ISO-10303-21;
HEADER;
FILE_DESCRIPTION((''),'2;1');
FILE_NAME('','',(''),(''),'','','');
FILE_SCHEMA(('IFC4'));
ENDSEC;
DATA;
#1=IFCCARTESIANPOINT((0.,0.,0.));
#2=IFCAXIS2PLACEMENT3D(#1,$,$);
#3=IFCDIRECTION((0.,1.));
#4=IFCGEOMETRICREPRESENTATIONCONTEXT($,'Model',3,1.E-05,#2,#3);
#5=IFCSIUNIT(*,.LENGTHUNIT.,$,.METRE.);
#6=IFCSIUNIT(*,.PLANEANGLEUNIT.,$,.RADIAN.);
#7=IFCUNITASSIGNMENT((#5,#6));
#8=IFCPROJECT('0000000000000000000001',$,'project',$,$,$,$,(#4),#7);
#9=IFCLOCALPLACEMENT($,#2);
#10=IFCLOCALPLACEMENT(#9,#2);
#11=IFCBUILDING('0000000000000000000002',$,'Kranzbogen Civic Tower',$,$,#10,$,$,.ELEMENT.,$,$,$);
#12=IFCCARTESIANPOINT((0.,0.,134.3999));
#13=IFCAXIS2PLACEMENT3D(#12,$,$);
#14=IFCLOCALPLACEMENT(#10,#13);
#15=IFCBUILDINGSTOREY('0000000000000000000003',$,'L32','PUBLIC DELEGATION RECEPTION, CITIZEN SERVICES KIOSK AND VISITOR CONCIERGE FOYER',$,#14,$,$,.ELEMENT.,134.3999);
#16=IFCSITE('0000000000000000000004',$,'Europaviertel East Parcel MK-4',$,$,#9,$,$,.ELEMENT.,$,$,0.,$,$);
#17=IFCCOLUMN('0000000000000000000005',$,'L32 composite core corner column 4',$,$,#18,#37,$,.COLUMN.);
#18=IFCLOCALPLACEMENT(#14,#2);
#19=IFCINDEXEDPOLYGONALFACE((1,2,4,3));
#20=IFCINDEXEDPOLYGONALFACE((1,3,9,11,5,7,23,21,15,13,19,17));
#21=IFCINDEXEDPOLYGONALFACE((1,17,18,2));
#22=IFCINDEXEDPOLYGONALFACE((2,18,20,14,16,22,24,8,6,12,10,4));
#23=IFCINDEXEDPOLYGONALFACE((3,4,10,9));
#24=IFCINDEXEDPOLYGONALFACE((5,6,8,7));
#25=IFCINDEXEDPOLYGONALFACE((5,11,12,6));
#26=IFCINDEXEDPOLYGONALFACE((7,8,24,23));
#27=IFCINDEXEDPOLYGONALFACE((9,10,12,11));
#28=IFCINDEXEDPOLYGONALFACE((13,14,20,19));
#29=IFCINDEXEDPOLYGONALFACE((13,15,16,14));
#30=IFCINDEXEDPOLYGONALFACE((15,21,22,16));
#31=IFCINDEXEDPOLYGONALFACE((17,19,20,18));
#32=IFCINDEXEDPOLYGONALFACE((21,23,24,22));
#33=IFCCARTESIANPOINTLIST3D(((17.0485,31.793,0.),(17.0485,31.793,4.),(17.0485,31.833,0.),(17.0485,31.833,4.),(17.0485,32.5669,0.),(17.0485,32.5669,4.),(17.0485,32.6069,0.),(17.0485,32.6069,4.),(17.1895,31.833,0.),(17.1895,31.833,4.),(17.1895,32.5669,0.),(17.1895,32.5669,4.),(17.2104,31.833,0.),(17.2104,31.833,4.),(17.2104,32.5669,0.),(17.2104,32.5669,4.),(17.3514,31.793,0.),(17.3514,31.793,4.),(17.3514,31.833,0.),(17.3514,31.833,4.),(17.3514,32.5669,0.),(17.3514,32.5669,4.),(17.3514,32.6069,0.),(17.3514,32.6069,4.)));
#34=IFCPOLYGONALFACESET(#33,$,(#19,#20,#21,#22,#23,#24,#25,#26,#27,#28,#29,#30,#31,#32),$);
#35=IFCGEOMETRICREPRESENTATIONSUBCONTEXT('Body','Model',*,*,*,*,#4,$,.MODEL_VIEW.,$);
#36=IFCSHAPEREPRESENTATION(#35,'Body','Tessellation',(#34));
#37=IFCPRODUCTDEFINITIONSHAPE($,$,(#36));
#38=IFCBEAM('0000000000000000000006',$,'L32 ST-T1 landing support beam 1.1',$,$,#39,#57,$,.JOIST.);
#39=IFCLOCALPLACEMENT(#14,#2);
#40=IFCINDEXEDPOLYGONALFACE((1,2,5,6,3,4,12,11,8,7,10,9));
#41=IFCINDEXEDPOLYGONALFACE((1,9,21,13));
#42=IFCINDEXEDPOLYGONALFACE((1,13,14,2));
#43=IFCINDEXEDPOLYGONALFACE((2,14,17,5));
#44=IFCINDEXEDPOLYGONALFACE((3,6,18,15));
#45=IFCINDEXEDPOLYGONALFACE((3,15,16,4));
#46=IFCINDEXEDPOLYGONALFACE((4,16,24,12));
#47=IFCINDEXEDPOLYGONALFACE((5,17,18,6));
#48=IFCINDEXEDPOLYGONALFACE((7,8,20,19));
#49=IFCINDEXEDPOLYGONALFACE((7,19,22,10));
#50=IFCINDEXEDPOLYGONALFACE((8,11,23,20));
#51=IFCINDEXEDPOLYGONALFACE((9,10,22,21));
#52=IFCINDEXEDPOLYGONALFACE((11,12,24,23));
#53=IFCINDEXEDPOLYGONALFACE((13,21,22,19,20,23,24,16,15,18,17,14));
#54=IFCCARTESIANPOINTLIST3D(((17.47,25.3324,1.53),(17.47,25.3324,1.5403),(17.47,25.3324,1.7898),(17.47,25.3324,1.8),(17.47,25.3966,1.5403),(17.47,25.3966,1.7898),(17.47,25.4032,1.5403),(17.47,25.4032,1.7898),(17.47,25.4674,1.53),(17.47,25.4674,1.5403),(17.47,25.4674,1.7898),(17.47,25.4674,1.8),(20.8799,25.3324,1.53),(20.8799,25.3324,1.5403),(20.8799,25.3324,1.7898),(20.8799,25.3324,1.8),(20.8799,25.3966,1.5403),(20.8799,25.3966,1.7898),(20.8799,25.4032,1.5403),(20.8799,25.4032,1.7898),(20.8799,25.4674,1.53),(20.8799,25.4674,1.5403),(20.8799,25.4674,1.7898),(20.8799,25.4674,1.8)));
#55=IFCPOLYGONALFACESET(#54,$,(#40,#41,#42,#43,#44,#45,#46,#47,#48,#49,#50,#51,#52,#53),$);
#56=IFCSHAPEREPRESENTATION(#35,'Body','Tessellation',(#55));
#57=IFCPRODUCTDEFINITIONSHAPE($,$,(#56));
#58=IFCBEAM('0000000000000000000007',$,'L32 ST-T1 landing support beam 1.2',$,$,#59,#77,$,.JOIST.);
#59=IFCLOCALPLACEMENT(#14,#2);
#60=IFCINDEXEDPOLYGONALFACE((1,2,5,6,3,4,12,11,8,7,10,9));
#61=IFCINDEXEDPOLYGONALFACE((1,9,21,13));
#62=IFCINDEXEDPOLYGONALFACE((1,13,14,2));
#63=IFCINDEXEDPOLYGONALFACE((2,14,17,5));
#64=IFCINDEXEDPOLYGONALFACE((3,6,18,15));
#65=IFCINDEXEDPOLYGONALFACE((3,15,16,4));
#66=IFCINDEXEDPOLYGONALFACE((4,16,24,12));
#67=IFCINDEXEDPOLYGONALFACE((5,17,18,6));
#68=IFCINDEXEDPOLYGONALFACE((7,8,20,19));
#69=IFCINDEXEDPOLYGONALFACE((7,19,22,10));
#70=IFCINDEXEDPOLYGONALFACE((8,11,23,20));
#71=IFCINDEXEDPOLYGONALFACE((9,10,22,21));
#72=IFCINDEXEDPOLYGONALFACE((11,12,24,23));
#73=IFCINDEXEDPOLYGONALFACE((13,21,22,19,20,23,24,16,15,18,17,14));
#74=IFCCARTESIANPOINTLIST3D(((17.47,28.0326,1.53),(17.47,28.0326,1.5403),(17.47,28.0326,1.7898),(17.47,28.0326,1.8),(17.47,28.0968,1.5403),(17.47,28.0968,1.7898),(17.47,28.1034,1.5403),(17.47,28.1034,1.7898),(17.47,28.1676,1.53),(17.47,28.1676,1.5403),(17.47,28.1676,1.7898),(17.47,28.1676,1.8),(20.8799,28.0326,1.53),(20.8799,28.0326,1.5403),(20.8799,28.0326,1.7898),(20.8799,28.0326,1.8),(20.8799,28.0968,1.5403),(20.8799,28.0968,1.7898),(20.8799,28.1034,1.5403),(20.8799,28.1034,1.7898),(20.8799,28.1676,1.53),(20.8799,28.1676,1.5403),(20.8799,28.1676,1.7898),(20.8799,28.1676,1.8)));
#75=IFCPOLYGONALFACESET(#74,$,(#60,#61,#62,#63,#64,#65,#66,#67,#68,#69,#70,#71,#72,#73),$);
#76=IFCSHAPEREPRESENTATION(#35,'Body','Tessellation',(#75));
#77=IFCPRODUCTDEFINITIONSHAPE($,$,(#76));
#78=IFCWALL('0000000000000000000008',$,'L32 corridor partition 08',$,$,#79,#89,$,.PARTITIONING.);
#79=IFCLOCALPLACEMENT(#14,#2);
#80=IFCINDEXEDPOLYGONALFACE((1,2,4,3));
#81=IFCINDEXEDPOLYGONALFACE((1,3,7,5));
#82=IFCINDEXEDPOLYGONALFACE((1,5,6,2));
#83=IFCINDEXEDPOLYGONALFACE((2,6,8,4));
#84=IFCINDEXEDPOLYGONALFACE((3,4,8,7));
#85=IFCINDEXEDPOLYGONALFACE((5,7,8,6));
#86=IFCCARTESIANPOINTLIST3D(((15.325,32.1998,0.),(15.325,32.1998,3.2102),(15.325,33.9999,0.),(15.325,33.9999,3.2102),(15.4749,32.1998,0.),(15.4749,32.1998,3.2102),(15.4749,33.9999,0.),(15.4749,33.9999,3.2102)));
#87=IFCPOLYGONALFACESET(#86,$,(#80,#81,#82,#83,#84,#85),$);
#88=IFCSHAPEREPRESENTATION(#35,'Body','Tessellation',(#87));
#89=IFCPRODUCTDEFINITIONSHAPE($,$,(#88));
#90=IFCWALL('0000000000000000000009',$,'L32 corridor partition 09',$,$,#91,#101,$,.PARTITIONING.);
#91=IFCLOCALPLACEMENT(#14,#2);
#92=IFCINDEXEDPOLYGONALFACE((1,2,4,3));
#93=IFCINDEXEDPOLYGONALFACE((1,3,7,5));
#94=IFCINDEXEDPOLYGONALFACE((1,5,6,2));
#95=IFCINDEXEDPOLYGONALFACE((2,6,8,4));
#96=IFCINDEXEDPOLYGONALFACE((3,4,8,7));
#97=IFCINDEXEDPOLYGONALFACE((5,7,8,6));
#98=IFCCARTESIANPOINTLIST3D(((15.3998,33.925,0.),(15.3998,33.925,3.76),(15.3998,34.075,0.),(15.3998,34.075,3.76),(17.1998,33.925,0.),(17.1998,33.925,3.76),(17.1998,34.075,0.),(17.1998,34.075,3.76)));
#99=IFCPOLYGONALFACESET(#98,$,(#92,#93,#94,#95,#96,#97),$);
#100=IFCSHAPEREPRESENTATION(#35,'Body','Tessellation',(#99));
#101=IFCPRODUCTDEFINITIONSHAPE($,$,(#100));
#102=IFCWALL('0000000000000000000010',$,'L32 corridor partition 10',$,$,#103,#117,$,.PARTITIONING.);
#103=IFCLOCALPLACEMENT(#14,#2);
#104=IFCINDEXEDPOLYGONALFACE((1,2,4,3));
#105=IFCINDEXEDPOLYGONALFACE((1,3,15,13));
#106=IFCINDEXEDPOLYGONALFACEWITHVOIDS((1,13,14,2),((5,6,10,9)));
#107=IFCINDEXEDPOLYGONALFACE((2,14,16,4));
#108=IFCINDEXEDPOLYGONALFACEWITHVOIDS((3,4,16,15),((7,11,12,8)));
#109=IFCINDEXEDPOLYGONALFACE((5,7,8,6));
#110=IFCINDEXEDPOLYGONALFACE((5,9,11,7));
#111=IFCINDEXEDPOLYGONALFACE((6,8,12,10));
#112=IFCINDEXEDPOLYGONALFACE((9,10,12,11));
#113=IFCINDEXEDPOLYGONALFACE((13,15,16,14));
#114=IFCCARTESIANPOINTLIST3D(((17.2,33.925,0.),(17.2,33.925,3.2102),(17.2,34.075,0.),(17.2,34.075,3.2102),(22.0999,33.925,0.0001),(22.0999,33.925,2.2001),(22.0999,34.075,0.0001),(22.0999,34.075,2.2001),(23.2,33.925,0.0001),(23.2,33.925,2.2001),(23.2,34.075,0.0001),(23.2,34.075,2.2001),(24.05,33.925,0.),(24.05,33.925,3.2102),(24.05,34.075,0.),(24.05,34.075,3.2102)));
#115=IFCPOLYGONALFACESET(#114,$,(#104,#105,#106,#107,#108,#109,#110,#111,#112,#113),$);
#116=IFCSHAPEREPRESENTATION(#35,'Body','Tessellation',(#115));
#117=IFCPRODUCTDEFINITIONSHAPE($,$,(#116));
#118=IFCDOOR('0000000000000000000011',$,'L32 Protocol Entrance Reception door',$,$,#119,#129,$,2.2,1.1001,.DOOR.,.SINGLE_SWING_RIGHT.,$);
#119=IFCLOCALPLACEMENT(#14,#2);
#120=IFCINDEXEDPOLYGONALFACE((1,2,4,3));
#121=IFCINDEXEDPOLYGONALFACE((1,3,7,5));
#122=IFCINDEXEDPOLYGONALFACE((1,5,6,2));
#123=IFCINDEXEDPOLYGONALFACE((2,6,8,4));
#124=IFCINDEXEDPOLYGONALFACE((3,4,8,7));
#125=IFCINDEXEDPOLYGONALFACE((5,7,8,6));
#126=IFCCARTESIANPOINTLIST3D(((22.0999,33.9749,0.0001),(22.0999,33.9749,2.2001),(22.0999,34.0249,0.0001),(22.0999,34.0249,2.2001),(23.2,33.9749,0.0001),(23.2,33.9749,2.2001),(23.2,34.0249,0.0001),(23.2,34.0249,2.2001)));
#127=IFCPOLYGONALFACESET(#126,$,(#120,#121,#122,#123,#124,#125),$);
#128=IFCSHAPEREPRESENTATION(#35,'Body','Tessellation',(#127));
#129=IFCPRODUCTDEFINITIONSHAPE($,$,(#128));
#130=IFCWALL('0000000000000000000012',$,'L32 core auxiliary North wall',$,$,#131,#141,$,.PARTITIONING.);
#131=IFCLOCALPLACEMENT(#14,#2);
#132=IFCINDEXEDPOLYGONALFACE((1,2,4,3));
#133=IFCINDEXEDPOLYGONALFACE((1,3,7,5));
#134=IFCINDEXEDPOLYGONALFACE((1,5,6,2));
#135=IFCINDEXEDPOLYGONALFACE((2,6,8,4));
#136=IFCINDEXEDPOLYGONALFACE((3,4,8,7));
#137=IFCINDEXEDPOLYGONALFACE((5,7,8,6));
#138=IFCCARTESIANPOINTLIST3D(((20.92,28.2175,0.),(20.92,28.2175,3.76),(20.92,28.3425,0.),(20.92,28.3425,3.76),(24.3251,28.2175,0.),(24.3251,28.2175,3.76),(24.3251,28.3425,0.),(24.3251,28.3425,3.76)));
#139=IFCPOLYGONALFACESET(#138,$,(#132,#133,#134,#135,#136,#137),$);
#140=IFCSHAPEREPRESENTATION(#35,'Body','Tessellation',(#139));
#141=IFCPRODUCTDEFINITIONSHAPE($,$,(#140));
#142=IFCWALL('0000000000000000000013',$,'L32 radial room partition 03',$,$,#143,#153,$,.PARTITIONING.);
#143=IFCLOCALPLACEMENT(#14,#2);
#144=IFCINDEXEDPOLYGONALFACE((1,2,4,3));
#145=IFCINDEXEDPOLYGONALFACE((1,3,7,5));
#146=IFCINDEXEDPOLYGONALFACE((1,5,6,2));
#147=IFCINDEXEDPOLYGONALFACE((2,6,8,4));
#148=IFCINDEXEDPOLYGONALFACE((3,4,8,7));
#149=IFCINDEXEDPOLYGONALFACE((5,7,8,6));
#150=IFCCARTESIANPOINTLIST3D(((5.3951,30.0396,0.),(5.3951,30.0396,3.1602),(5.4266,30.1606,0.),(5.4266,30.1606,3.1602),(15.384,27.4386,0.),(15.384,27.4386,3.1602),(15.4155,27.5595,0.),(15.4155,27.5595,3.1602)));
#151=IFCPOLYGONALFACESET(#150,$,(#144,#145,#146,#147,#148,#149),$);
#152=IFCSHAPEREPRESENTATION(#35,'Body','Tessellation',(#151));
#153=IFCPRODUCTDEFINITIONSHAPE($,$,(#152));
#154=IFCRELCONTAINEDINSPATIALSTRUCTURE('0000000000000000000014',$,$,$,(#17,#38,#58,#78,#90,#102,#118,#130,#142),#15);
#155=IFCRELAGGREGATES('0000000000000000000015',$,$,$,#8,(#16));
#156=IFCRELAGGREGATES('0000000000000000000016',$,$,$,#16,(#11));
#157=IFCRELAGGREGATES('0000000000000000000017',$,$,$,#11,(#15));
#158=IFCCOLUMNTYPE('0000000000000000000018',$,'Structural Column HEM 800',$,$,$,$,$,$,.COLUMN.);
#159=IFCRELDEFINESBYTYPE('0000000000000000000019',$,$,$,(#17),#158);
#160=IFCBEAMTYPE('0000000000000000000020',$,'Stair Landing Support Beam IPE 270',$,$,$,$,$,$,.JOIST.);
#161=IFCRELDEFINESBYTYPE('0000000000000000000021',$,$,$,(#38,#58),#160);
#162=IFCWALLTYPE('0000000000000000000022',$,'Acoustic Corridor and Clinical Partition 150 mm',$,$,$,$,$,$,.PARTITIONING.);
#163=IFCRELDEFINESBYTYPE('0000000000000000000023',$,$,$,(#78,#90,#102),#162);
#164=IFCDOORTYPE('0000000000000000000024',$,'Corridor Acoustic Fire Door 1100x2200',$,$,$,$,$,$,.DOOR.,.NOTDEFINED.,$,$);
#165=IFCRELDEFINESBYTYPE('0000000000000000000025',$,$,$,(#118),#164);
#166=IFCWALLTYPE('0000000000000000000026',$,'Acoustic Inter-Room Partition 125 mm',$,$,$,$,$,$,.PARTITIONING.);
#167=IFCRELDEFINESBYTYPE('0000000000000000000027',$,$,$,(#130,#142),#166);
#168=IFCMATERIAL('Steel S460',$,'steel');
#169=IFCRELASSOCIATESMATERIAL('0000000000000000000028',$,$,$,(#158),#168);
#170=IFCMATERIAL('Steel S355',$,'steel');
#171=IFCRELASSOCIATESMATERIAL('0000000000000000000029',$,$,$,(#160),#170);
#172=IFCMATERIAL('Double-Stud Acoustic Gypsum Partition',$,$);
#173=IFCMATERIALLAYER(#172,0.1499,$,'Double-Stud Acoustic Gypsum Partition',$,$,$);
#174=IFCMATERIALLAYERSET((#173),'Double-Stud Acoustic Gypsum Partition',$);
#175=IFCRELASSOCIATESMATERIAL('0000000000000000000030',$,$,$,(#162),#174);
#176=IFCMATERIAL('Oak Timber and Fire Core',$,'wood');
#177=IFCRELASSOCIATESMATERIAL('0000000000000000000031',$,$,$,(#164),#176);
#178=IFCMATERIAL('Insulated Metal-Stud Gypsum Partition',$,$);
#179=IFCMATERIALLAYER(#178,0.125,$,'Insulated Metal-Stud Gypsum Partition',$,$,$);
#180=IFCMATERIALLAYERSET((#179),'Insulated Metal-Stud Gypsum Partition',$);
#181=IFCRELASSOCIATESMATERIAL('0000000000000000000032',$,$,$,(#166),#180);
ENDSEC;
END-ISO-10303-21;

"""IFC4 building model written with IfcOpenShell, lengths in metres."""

from ifc_helpers import new_model, si_unit, direction, frame, frame_2d, origin, origin_2d, place, context, subcontext, project, spatial, rectangle, i_section, extrude, material, layer, layer_set, material_profile, profile_set, type_object, element, fill, save


model = new_model("IFC4")

# Units and contexts
model_context = context("Model", 3, precision=1e-05, world=origin(), true_north=direction((0.0, 1.0)))
body_context = subcontext(model_context, "Body", "Model", "MODEL_VIEW")
ifc_project = project(units=[si_unit("LENGTHUNIT", "METRE"), si_unit("PLANEANGLEUNIT", "RADIAN")], contexts=[model_context])

# Site, building, storey
site_placement = place(None, origin())
site = spatial("IfcSite", under=ifc_project, at=site_placement, Name="Europaviertel East Parcel MK-4", CompositionType="ELEMENT", RefElevation=0.0)
building_placement = place(site_placement, origin())
building = spatial("IfcBuilding", under=site, at=building_placement, Name="Kranzbogen Civic Tower", CompositionType="ELEMENT")
storey_placement = place(building_placement, frame((0.0, 0.0, 134.3999)))
storey = spatial("IfcBuildingStorey", under=building, at=storey_placement, Name="L32", Description="PUBLIC DELEGATION RECEPTION, CITIZEN SERVICES KIOSK AND VISITOR CONCIERGE FOYER", CompositionType="ELEMENT", Elevation=134.3999)

# Column
ifc_material_1 = material(Name="Steel S460", Category="steel")
ifc_material_profile_1 = material_profile(ifc_material_1, i_section(OverallWidth=0.303, OverallDepth=0.814, WebThickness=0.021, FlangeThickness=0.04, at=origin_2d()), Name="HEM 800")
ifc_profile_set_1 = profile_set([ifc_material_profile_1], Name="Steel S460")
column_type = type_object("IfcColumnType", Name="Structural Column HEM 800", PredefinedType="COLUMN", material=ifc_profile_set_1)
column_placement = place(storey_placement, frame((17.2, 32.2, 0.0), z_axis=(0.0, 0.0, 1.0), x_axis=(1.0, 0.0, 0.0)))
element("IfcColumn", 1, at=column_placement, inside=storey, type_object=column_type, Name="L32 composite core corner column 4", PredefinedType="COLUMN", context=body_context, shape_type="SweptSolid", body=[
    extrude(i_section(OverallWidth=0.303, OverallDepth=0.814, WebThickness=0.021, FlangeThickness=0.04, at=origin_2d()), origin(), (0.0, 0.0, 1.0), 4.0),
])

# Beams
ifc_material_2 = material(Name="Steel S355", Category="steel")
ifc_material_profile_2 = material_profile(ifc_material_2, i_section(OverallWidth=0.135, OverallDepth=0.27, WebThickness=0.0066, FlangeThickness=0.0103, at=origin_2d()), Name="IPE 270")
ifc_profile_set_2 = profile_set([ifc_material_profile_2], Name="Steel S355")
beam_type = type_object("IfcBeamType", Name="Stair Landing Support Beam IPE 270", PredefinedType="JOIST", material=ifc_profile_set_2)
for number, where, z_axis, x_axis, name in (
    (2, (20.8799, 25.3999, 1.665), (-1.0, 0.0, 0.0), (0.0, -1.0, 0.0), "L32 ST-T1 landing support beam 1.1"),
    (3, (20.8799, 28.1001, 1.665), (-1.0, 0.0, 0.0), (0.0, -1.0, 0.0), "L32 ST-T1 landing support beam 1.2"),
):
    element("IfcBeam", number, at=place(storey_placement, frame(where, z_axis=z_axis, x_axis=x_axis)), inside=storey, type_object=beam_type, Name=name, PredefinedType="JOIST", context=body_context, shape_type="SweptSolid", body=[
        extrude(i_section(OverallWidth=0.135, OverallDepth=0.27, WebThickness=0.0066, FlangeThickness=0.0103, at=origin_2d()), origin(), (0.0, 0.0, 1.0), 3.4099),
    ])

# Walls
ifc_material_3 = material(Name="Double-Stud Acoustic Gypsum Partition")
ifc_layer_1 = layer(ifc_material_3, 0.1499, Name="Double-Stud Acoustic Gypsum Partition")
ifc_layer_set_1 = layer_set([ifc_layer_1], Name="Double-Stud Acoustic Gypsum Partition")
wall_type_1 = type_object("IfcWallType", Name="Acoustic Corridor and Clinical Partition 150 mm", PredefinedType="PARTITIONING", material=ifc_layer_set_1)
wall_1_placement = place(storey_placement, frame((15.3999, 32.2, 0.0), z_axis=(0.0, 0.0, 1.0), x_axis=(0.0, 1.0, 0.0)))
element("IfcWall", 4, at=wall_1_placement, inside=storey, type_object=wall_type_1, Name="L32 corridor partition 08", PredefinedType="PARTITIONING", context=body_context, shape_type="SweptSolid", body=[
    extrude(rectangle(XDim=1.8, YDim=0.1499, at=frame_2d((0.8999, 0.0))), origin(), (0.0, 0.0, 1.0), 3.2102),
])
wall_2_placement = place(storey_placement, frame((15.3999, 34.0, 0.0), z_axis=(0.0, 0.0, 1.0), x_axis=(1.0, 0.0, 0.0)))
element("IfcWall", 5, at=wall_2_placement, inside=storey, type_object=wall_type_1, Name="L32 corridor partition 09", PredefinedType="PARTITIONING", context=body_context, shape_type="SweptSolid", body=[
    extrude(rectangle(XDim=1.8, YDim=0.1499, at=frame_2d((0.8999, 0.0))), origin(), (0.0, 0.0, 1.0), 3.76),
])

# Wall, opening, door
wall_3_placement = place(storey_placement, frame((17.2, 34.0, 0.0), z_axis=(0.0, 0.0, 1.0), x_axis=(1.0, 0.0, 0.0)))
wall_3 = element("IfcWall", 6, at=wall_3_placement, inside=storey, type_object=wall_type_1, Name="L32 corridor partition 10", PredefinedType="PARTITIONING", context=body_context, shape_type="SweptSolid", body=[
    extrude(rectangle(XDim=6.8501, YDim=0.1499, at=frame_2d((3.425, 0.0))), origin(), (0.0, 0.0, 1.0), 3.2102),
])
opening_1_placement = place(wall_3_placement, frame((4.8999, 0.0, 0.0)))
opening_1 = element("IfcOpeningElement", 7, at=opening_1_placement, cuts=wall_3, PredefinedType="OPENING", context=body_context, shape_type="SweptSolid", body=[
    extrude(rectangle(XDim=1.1001, YDim=2.2, at=frame_2d((0.55, 1.1001))), frame((0.0, 0.085, 0.0), z_axis=(0.0, -1.0, 0.0), x_axis=(1.0, 0.0, 0.0)), (0.0, 0.0, 1.0), 0.1699),
])
ifc_material_4 = material(Name="Oak Timber and Fire Core", Category="wood")
door_type_1 = type_object("IfcDoorType", Name="Corridor Acoustic Fire Door 1100x2200", OperationType="NOTDEFINED", PredefinedType="DOOR", material=ifc_material_4)
door_1_placement = place(opening_1_placement, origin())
door_1 = element("IfcDoor", 8, at=door_1_placement, inside=storey, type_object=door_type_1, Name="L32 Protocol Entrance Reception door", OperationType="SINGLE_SWING_RIGHT", OverallHeight=2.2, OverallWidth=1.1001, PredefinedType="DOOR", context=body_context, shape_type="SweptSolid", body=[
    extrude(rectangle(XDim=1.1001, YDim=2.2, at=frame_2d((0.55, 1.1001))), frame((0.0, 0.0249, 0.0), z_axis=(0.0, -1.0, 0.0), x_axis=(1.0, 0.0, 0.0)), (0.0, 0.0, 1.0), 0.05),
])
fill(opening_1, door_1)

# Walls
ifc_material_5 = material(Name="Insulated Metal-Stud Gypsum Partition")
ifc_layer_2 = layer(ifc_material_5, 0.125, Name="Insulated Metal-Stud Gypsum Partition")
ifc_layer_set_2 = layer_set([ifc_layer_2], Name="Insulated Metal-Stud Gypsum Partition")
wall_type_2 = type_object("IfcWallType", Name="Acoustic Inter-Room Partition 125 mm", PredefinedType="PARTITIONING", material=ifc_layer_set_2)
wall_4_placement = place(storey_placement, frame((20.9199, 28.28, 0.0), z_axis=(0.0, 0.0, 1.0), x_axis=(1.0, 0.0, 0.0)))
element("IfcWall", 9, at=wall_4_placement, inside=storey, type_object=wall_type_2, Name="L32 core auxiliary North wall", PredefinedType="PARTITIONING", context=body_context, shape_type="SweptSolid", body=[
    extrude(rectangle(XDim=3.405, YDim=0.125, at=frame_2d((1.7026, 0.0))), origin(), (0.0, 0.0, 1.0), 3.76),
])
wall_5_placement = place(storey_placement, frame((15.3999, 27.499, 0.0), z_axis=(0.0, 0.0, 1.0), x_axis=(-0.96773, 0.251991, 0.0)))
element("IfcWall", 10, at=wall_5_placement, inside=storey, type_object=wall_type_2, Name="L32 radial room partition 03", PredefinedType="PARTITIONING", context=body_context, shape_type="SweptSolid", body=[
    extrude(rectangle(XDim=10.322, YDim=0.125, at=frame_2d((5.1611, 0.0))), origin(), (0.0, 0.0, 1.0), 3.1602),
])

save(model, "model.ifc")
